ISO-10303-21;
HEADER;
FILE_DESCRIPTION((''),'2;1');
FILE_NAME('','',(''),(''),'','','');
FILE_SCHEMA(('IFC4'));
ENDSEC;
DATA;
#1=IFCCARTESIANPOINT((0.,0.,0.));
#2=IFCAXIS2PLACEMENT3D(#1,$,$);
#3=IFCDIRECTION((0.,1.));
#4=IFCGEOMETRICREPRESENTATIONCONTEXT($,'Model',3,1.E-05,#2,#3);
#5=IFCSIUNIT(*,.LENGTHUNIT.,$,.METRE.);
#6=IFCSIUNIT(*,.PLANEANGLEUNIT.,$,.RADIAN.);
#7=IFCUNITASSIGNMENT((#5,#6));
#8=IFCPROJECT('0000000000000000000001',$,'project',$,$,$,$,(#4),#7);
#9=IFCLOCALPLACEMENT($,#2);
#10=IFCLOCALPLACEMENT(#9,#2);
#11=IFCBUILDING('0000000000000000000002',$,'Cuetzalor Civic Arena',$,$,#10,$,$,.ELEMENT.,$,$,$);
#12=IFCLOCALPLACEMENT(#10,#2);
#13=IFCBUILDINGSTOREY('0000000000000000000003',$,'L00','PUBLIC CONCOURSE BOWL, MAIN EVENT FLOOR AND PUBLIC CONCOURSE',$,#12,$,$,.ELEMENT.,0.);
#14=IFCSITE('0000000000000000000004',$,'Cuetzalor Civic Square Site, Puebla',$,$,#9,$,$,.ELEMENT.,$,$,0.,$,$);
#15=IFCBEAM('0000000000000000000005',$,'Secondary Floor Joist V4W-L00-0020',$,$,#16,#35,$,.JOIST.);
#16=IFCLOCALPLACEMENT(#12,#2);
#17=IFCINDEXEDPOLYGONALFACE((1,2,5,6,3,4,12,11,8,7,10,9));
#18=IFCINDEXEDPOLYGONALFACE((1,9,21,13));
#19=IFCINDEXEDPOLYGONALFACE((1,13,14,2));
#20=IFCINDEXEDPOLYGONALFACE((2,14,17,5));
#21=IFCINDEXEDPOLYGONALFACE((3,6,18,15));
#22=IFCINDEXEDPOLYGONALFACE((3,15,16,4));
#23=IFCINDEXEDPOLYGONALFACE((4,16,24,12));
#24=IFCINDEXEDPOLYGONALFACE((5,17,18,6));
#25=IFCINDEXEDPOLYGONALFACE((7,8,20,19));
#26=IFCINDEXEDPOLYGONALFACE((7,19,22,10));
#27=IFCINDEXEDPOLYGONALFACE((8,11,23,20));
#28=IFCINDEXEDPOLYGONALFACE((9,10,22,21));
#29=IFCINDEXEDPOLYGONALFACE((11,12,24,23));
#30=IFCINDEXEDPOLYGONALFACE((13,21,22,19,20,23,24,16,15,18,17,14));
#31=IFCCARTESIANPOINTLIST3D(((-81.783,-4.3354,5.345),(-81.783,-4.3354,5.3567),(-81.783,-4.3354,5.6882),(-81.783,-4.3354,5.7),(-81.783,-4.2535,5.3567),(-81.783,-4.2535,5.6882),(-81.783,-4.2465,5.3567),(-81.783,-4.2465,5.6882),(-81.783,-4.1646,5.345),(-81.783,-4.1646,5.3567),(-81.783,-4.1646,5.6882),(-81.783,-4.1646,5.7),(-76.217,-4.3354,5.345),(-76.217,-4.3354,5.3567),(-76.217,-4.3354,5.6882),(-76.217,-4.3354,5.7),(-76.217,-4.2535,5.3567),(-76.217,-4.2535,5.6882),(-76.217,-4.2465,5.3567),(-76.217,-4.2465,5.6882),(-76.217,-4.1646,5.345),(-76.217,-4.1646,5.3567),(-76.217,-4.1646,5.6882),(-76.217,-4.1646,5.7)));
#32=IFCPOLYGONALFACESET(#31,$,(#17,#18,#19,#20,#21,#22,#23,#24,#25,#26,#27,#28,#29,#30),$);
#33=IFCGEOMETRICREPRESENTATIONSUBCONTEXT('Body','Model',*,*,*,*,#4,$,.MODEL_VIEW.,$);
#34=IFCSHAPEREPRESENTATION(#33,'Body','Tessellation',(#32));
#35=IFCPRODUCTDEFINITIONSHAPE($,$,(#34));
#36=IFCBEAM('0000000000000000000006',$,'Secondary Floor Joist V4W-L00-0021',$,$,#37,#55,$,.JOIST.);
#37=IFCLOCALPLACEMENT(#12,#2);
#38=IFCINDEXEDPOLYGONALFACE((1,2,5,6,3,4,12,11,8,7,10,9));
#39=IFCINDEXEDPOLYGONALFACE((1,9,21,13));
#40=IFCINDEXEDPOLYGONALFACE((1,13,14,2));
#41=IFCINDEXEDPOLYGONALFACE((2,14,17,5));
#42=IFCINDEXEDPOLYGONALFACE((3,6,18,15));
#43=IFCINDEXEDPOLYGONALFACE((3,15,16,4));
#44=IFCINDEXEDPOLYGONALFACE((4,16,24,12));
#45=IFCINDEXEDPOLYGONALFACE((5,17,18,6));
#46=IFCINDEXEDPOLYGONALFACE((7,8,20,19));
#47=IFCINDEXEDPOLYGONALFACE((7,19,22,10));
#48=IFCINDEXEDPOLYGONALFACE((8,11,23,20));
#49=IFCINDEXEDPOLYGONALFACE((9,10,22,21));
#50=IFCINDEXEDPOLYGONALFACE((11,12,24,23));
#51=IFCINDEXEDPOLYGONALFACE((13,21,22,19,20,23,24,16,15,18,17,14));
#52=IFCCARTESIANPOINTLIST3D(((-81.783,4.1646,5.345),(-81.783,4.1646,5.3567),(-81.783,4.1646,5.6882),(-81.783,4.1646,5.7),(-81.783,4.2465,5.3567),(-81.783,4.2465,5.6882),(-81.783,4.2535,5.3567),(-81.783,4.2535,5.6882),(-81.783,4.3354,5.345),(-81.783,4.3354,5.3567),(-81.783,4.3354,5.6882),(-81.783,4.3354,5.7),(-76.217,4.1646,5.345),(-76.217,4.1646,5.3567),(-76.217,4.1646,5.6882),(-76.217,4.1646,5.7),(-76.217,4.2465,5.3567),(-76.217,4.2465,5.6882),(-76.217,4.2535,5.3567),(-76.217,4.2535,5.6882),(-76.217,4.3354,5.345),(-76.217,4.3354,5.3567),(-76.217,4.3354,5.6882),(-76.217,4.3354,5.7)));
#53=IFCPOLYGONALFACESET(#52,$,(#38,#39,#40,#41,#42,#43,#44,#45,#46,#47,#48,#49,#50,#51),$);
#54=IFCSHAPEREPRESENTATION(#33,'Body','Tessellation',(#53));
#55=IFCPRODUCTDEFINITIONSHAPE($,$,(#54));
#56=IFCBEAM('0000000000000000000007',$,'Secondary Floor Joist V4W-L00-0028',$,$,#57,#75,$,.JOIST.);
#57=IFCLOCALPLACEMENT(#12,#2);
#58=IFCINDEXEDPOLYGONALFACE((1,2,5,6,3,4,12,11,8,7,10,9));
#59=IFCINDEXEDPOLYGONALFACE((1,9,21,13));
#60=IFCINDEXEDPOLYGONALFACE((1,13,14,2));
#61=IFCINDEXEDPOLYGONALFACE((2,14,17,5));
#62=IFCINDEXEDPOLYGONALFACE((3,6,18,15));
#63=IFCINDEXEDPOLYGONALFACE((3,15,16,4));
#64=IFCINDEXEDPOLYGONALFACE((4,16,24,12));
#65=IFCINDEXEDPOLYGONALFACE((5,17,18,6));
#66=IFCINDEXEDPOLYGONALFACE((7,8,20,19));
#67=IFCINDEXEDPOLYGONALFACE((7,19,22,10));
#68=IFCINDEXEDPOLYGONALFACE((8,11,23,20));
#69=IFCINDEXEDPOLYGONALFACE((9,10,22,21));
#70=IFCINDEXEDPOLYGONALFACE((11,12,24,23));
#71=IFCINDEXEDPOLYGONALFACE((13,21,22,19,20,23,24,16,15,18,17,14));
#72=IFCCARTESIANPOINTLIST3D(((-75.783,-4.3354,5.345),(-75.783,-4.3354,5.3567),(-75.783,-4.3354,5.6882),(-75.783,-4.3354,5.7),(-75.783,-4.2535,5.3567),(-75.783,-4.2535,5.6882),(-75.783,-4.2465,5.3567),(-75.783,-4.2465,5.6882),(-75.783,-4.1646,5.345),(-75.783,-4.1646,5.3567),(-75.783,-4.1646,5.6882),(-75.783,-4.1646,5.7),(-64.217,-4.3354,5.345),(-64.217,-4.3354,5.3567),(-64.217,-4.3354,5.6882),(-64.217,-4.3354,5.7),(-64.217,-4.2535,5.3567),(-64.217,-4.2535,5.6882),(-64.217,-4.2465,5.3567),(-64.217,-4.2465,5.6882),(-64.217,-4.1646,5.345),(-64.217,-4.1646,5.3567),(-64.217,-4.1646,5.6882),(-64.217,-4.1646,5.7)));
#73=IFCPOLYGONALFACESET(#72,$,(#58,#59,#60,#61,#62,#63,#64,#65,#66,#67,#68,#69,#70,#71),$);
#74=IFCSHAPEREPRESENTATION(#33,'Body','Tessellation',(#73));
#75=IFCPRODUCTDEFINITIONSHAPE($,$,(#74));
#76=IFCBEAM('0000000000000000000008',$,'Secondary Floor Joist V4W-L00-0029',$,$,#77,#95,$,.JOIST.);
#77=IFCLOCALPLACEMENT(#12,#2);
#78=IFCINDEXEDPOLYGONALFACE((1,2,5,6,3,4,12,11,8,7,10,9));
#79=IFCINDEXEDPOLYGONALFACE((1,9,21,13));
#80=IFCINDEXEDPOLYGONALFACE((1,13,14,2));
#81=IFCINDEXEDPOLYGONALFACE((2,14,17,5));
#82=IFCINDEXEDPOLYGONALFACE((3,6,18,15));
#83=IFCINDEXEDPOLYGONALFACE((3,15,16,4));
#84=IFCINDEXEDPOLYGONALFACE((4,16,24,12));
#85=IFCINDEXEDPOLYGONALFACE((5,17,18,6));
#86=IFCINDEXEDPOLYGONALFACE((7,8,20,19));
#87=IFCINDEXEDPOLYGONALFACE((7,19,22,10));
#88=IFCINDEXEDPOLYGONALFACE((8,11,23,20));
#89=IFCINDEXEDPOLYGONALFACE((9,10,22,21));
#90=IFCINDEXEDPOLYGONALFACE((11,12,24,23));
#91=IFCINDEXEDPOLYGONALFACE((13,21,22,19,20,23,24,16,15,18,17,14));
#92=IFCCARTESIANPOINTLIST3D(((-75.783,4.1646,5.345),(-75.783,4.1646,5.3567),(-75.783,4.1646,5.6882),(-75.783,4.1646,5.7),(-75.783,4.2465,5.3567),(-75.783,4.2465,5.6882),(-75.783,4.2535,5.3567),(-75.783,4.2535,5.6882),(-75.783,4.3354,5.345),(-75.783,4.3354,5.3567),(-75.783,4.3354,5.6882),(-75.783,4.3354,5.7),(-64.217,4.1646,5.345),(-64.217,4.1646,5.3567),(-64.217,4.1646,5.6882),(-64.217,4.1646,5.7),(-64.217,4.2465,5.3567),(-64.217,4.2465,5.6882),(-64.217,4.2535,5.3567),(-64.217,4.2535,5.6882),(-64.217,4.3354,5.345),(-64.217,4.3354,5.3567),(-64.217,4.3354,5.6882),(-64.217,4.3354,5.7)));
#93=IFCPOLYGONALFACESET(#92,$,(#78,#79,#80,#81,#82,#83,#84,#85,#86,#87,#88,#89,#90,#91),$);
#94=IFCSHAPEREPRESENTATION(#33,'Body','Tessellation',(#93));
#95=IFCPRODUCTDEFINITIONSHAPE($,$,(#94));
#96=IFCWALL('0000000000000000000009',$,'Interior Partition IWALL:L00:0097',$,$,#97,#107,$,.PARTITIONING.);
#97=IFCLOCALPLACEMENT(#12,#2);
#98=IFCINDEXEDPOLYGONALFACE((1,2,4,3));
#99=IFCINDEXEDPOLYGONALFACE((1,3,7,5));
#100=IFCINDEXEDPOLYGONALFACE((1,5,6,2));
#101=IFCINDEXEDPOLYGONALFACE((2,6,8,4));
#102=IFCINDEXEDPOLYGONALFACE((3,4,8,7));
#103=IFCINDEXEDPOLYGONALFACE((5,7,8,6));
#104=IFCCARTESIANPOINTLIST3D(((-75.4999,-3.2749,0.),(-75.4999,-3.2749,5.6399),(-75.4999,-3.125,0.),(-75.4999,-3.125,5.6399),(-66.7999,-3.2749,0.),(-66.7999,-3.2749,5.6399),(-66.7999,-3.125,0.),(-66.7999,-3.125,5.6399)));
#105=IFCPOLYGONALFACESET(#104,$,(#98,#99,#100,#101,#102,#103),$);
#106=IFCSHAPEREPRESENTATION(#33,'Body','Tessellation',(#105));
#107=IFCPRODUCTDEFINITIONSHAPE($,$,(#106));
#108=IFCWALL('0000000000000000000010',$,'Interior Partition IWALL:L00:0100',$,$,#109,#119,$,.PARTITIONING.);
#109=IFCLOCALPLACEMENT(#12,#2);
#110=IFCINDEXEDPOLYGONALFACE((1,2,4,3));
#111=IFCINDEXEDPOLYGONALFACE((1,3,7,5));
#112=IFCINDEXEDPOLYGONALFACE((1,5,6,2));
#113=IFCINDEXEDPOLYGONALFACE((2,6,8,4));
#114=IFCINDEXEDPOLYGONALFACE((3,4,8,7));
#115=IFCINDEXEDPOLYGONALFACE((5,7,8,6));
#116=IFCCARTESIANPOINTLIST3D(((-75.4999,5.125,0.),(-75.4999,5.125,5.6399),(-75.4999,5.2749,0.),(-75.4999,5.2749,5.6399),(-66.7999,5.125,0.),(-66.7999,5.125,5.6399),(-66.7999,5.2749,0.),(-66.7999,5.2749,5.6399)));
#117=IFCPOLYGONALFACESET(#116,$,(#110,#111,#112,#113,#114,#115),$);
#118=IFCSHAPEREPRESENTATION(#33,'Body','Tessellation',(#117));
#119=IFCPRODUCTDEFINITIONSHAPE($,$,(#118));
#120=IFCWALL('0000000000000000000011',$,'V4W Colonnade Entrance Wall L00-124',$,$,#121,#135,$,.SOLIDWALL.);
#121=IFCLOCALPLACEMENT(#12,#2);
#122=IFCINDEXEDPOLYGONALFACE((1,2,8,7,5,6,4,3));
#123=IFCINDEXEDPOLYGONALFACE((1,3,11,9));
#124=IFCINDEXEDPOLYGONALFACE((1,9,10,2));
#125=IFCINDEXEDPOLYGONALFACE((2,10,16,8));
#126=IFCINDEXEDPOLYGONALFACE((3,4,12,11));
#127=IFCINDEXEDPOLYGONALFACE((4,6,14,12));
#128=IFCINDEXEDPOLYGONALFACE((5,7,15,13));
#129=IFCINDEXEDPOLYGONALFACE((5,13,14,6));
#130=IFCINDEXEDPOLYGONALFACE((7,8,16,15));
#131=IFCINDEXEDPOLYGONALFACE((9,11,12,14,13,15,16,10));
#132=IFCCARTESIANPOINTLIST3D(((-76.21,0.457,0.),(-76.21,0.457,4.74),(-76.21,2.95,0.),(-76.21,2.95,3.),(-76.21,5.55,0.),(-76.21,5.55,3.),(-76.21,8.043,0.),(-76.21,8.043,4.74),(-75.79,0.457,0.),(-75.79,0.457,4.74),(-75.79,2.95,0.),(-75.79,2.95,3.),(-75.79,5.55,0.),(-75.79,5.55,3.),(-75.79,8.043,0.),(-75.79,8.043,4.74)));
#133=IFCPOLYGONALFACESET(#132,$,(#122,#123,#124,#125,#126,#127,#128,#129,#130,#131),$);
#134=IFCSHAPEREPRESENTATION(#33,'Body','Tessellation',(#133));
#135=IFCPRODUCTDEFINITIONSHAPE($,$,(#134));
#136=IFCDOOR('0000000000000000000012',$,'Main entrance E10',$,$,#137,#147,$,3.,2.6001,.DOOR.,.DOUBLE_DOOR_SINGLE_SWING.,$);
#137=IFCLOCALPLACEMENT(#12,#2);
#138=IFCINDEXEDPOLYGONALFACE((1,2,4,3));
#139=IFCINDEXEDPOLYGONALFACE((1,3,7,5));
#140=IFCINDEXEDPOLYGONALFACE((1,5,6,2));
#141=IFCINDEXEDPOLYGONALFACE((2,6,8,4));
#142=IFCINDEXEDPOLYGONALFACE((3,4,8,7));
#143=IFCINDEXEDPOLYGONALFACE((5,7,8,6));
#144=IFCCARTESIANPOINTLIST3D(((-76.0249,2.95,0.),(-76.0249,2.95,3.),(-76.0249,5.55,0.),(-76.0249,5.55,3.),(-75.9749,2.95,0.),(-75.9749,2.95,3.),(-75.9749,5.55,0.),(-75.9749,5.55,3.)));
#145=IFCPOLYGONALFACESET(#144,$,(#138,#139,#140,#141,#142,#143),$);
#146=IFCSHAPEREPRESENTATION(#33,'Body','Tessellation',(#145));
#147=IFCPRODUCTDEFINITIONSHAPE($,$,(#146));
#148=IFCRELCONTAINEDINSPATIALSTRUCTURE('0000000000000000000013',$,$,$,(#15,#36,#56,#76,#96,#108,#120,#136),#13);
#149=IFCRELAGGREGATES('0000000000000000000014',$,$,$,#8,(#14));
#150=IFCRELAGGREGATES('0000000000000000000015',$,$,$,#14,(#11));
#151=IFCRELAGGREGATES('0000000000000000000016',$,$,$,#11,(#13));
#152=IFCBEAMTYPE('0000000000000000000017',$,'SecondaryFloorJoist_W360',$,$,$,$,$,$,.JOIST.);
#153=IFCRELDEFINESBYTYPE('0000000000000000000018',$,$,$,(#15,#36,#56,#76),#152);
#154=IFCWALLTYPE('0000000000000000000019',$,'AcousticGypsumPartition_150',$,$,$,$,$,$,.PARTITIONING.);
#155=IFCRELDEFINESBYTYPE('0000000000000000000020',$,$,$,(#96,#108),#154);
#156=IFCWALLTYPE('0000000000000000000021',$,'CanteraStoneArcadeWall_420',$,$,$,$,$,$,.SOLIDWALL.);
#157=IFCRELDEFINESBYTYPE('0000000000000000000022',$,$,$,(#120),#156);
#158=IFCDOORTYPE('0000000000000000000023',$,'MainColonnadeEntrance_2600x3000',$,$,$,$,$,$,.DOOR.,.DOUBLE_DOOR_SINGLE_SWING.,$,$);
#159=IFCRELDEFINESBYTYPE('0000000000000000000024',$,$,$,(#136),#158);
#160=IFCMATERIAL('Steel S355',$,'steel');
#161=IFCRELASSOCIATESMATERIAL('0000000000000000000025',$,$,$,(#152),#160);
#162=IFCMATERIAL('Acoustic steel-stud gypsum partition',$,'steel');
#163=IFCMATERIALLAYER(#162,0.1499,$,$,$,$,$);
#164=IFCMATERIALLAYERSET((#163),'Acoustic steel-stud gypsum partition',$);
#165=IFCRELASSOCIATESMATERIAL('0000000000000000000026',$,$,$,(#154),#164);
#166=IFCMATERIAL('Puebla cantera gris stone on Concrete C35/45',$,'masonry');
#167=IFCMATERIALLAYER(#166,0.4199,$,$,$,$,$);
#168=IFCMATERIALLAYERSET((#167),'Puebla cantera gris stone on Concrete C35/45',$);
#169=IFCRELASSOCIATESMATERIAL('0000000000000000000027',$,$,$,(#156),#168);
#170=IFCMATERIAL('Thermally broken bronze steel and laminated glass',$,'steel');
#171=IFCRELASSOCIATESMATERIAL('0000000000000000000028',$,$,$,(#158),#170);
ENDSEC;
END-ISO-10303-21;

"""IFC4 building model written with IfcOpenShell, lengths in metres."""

from ifc_helpers import new_model, si_unit, direction, frame, frame_2d, origin, origin_2d, place, context, subcontext, project, spatial, rectangle, i_section, extrude, material, layer, layer_set, material_profile, profile_set, type_object, element, fill, save


model = new_model("IFC4")

# Units and contexts
model_context = context("Model", 3, precision=1e-05, world=origin(), true_north=direction((0.0, 1.0)))
body_context = subcontext(model_context, "Body", "Model", "MODEL_VIEW")
ifc_project = project(units=[si_unit("LENGTHUNIT", "METRE"), si_unit("PLANEANGLEUNIT", "RADIAN")], contexts=[model_context])

# Site, building, storey
site_placement = place(None, origin())
site = spatial("IfcSite", under=ifc_project, at=site_placement, Name="Cuetzalor Civic Square Site, Puebla", CompositionType="ELEMENT", RefElevation=0.0)
building_placement = place(site_placement, origin())
building = spatial("IfcBuilding", under=site, at=building_placement, Name="Cuetzalor Civic Arena", CompositionType="ELEMENT")
storey_placement = place(building_placement, origin())
storey = spatial("IfcBuildingStorey", under=building, at=storey_placement, Name="L00", Description="PUBLIC CONCOURSE BOWL, MAIN EVENT FLOOR AND PUBLIC CONCOURSE", CompositionType="ELEMENT", Elevation=0.0)

# Beams
ifc_material_1 = material(Name="Steel S355", Category="steel")
ifc_material_profile_1 = material_profile(ifc_material_1, i_section(OverallWidth=0.1709, OverallDepth=0.355, WebThickness=0.0071, FlangeThickness=0.0117, at=origin_2d()), Name="W360x51")
ifc_profile_set_1 = profile_set([ifc_material_profile_1], Name="Steel S355")
beam_type_1 = type_object("IfcBeamType", Name="SecondaryFloorJoist_W360", PredefinedType="JOIST", material=ifc_profile_set_1)
for number, where, z_axis, x_axis, name in (
    (1, (-81.783, -4.25, 5.5225), (1.0, 0.0, 0.0), (0.0, 1.0, 0.0), "Secondary Floor Joist V4W-L00-0020"),
    (2, (-81.783, 4.25, 5.5225), (1.0, 0.0, 0.0), (0.0, 1.0, 0.0), "Secondary Floor Joist V4W-L00-0021"),
):
    element("IfcBeam", number, at=place(storey_placement, frame(where, z_axis=z_axis, x_axis=x_axis)), inside=storey, type_object=beam_type_1, Name=name, PredefinedType="JOIST", context=body_context, shape_type="SweptSolid", body=[
        extrude(i_section(OverallWidth=0.1709, OverallDepth=0.355, WebThickness=0.0071, FlangeThickness=0.0117, at=origin_2d()), origin(), (0.0, 0.0, 1.0), 5.5659),
    ])
for number, where, z_axis, x_axis, name in (
    (3, (-75.783, -4.25, 5.5225), (1.0, 0.0, 0.0), (0.0, 1.0, 0.0), "Secondary Floor Joist V4W-L00-0028"),
    (4, (-75.783, 4.25, 5.5225), (1.0, 0.0, 0.0), (0.0, 1.0, 0.0), "Secondary Floor Joist V4W-L00-0029"),
):
    element("IfcBeam", number, at=place(storey_placement, frame(where, z_axis=z_axis, x_axis=x_axis)), inside=storey, type_object=beam_type_1, Name=name, PredefinedType="JOIST", context=body_context, shape_type="SweptSolid", body=[
        extrude(i_section(OverallWidth=0.1709, OverallDepth=0.355, WebThickness=0.0071, FlangeThickness=0.0117, at=origin_2d()), origin(), (0.0, 0.0, 1.0), 11.5659),
    ])

# Walls
ifc_material_2 = material(Name="Acoustic steel-stud gypsum partition", Category="steel")
ifc_layer_1 = layer(ifc_material_2, 0.1499)
ifc_layer_set_1 = layer_set([ifc_layer_1], Name="Acoustic steel-stud gypsum partition")
wall_type_1 = type_object("IfcWallType", Name="AcousticGypsumPartition_150", PredefinedType="PARTITIONING", material=ifc_layer_set_1)
for number, where, z_axis, x_axis, name in (
    (5, (-75.5, -3.2, 0.0), (0.0, 0.0, 1.0), (1.0, 0.0, 0.0), "Interior Partition IWALL:L00:0097"),
    (6, (-75.5, 5.2, 0.0), (0.0, 0.0, 1.0), (1.0, 0.0, 0.0), "Interior Partition IWALL:L00:0100"),
):
    element("IfcWall", number, at=place(storey_placement, frame(where, z_axis=z_axis, x_axis=x_axis)), inside=storey, type_object=wall_type_1, Name=name, PredefinedType="PARTITIONING", context=body_context, shape_type="SweptSolid", body=[
        extrude(rectangle(XDim=8.7, YDim=0.1499, at=frame_2d((4.3501, 0.0))), origin(), (0.0, 0.0, 1.0), 5.6399),
    ])

# Wall, opening, door
ifc_material_3 = material(Name="Puebla cantera gris stone on Concrete C35/45", Category="masonry")
ifc_layer_2 = layer(ifc_material_3, 0.4199)
ifc_layer_set_2 = layer_set([ifc_layer_2], Name="Puebla cantera gris stone on Concrete C35/45")
wall_type_2 = type_object("IfcWallType", Name="CanteraStoneArcadeWall_420", PredefinedType="SOLIDWALL", material=ifc_layer_set_2)
wall_placement = place(storey_placement, frame((-76.0, 0.457, 0.0), z_axis=(0.0, 0.0, 1.0), x_axis=(0.0, 1.0, 0.0)))
wall = element("IfcWall", 7, at=wall_placement, inside=storey, type_object=wall_type_2, Name="V4W Colonnade Entrance Wall L00-124", PredefinedType="SOLIDWALL", context=body_context, shape_type="SweptSolid", body=[
    extrude(rectangle(XDim=7.5859, YDim=0.4199, at=frame_2d((3.793, 0.0))), origin(), (0.0, 0.0, 1.0), 4.74),
])
opening_placement = place(wall_placement, frame((2.4929, 0.0, 0.0)))
opening = element("IfcOpeningElement", 8, at=opening_placement, cuts=wall, PredefinedType="OPENING", context=body_context, shape_type="SweptSolid", body=[
    extrude(rectangle(XDim=2.6001, YDim=3.0, at=frame_2d((1.3, 1.5))), frame((0.0, 0.22, 0.0), z_axis=(0.0, -1.0, 0.0), x_axis=(1.0, 0.0, 0.0)), (0.0, 0.0, 1.0), 0.4399),
])
ifc_material_4 = material(Name="Thermally broken bronze steel and laminated glass", Category="steel")
door_type = type_object("IfcDoorType", Name="MainColonnadeEntrance_2600x3000", OperationType="DOUBLE_DOOR_SINGLE_SWING", PredefinedType="DOOR", material=ifc_material_4)
door_placement = place(opening_placement, origin())
door = element("IfcDoor", 9, at=door_placement, inside=storey, type_object=door_type, Name="Main entrance E10", OperationType="DOUBLE_DOOR_SINGLE_SWING", OverallHeight=3.0, OverallWidth=2.6001, PredefinedType="DOOR", context=body_context, shape_type="SweptSolid", body=[
    extrude(rectangle(XDim=2.6001, YDim=3.0, at=frame_2d((1.3, 1.5))), frame((0.0, 0.0249, 0.0), z_axis=(0.0, -1.0, 0.0), x_axis=(1.0, 0.0, 0.0)), (0.0, 0.0, 1.0), 0.05),
])
fill(opening, door)

save(model, "model.ifc")
